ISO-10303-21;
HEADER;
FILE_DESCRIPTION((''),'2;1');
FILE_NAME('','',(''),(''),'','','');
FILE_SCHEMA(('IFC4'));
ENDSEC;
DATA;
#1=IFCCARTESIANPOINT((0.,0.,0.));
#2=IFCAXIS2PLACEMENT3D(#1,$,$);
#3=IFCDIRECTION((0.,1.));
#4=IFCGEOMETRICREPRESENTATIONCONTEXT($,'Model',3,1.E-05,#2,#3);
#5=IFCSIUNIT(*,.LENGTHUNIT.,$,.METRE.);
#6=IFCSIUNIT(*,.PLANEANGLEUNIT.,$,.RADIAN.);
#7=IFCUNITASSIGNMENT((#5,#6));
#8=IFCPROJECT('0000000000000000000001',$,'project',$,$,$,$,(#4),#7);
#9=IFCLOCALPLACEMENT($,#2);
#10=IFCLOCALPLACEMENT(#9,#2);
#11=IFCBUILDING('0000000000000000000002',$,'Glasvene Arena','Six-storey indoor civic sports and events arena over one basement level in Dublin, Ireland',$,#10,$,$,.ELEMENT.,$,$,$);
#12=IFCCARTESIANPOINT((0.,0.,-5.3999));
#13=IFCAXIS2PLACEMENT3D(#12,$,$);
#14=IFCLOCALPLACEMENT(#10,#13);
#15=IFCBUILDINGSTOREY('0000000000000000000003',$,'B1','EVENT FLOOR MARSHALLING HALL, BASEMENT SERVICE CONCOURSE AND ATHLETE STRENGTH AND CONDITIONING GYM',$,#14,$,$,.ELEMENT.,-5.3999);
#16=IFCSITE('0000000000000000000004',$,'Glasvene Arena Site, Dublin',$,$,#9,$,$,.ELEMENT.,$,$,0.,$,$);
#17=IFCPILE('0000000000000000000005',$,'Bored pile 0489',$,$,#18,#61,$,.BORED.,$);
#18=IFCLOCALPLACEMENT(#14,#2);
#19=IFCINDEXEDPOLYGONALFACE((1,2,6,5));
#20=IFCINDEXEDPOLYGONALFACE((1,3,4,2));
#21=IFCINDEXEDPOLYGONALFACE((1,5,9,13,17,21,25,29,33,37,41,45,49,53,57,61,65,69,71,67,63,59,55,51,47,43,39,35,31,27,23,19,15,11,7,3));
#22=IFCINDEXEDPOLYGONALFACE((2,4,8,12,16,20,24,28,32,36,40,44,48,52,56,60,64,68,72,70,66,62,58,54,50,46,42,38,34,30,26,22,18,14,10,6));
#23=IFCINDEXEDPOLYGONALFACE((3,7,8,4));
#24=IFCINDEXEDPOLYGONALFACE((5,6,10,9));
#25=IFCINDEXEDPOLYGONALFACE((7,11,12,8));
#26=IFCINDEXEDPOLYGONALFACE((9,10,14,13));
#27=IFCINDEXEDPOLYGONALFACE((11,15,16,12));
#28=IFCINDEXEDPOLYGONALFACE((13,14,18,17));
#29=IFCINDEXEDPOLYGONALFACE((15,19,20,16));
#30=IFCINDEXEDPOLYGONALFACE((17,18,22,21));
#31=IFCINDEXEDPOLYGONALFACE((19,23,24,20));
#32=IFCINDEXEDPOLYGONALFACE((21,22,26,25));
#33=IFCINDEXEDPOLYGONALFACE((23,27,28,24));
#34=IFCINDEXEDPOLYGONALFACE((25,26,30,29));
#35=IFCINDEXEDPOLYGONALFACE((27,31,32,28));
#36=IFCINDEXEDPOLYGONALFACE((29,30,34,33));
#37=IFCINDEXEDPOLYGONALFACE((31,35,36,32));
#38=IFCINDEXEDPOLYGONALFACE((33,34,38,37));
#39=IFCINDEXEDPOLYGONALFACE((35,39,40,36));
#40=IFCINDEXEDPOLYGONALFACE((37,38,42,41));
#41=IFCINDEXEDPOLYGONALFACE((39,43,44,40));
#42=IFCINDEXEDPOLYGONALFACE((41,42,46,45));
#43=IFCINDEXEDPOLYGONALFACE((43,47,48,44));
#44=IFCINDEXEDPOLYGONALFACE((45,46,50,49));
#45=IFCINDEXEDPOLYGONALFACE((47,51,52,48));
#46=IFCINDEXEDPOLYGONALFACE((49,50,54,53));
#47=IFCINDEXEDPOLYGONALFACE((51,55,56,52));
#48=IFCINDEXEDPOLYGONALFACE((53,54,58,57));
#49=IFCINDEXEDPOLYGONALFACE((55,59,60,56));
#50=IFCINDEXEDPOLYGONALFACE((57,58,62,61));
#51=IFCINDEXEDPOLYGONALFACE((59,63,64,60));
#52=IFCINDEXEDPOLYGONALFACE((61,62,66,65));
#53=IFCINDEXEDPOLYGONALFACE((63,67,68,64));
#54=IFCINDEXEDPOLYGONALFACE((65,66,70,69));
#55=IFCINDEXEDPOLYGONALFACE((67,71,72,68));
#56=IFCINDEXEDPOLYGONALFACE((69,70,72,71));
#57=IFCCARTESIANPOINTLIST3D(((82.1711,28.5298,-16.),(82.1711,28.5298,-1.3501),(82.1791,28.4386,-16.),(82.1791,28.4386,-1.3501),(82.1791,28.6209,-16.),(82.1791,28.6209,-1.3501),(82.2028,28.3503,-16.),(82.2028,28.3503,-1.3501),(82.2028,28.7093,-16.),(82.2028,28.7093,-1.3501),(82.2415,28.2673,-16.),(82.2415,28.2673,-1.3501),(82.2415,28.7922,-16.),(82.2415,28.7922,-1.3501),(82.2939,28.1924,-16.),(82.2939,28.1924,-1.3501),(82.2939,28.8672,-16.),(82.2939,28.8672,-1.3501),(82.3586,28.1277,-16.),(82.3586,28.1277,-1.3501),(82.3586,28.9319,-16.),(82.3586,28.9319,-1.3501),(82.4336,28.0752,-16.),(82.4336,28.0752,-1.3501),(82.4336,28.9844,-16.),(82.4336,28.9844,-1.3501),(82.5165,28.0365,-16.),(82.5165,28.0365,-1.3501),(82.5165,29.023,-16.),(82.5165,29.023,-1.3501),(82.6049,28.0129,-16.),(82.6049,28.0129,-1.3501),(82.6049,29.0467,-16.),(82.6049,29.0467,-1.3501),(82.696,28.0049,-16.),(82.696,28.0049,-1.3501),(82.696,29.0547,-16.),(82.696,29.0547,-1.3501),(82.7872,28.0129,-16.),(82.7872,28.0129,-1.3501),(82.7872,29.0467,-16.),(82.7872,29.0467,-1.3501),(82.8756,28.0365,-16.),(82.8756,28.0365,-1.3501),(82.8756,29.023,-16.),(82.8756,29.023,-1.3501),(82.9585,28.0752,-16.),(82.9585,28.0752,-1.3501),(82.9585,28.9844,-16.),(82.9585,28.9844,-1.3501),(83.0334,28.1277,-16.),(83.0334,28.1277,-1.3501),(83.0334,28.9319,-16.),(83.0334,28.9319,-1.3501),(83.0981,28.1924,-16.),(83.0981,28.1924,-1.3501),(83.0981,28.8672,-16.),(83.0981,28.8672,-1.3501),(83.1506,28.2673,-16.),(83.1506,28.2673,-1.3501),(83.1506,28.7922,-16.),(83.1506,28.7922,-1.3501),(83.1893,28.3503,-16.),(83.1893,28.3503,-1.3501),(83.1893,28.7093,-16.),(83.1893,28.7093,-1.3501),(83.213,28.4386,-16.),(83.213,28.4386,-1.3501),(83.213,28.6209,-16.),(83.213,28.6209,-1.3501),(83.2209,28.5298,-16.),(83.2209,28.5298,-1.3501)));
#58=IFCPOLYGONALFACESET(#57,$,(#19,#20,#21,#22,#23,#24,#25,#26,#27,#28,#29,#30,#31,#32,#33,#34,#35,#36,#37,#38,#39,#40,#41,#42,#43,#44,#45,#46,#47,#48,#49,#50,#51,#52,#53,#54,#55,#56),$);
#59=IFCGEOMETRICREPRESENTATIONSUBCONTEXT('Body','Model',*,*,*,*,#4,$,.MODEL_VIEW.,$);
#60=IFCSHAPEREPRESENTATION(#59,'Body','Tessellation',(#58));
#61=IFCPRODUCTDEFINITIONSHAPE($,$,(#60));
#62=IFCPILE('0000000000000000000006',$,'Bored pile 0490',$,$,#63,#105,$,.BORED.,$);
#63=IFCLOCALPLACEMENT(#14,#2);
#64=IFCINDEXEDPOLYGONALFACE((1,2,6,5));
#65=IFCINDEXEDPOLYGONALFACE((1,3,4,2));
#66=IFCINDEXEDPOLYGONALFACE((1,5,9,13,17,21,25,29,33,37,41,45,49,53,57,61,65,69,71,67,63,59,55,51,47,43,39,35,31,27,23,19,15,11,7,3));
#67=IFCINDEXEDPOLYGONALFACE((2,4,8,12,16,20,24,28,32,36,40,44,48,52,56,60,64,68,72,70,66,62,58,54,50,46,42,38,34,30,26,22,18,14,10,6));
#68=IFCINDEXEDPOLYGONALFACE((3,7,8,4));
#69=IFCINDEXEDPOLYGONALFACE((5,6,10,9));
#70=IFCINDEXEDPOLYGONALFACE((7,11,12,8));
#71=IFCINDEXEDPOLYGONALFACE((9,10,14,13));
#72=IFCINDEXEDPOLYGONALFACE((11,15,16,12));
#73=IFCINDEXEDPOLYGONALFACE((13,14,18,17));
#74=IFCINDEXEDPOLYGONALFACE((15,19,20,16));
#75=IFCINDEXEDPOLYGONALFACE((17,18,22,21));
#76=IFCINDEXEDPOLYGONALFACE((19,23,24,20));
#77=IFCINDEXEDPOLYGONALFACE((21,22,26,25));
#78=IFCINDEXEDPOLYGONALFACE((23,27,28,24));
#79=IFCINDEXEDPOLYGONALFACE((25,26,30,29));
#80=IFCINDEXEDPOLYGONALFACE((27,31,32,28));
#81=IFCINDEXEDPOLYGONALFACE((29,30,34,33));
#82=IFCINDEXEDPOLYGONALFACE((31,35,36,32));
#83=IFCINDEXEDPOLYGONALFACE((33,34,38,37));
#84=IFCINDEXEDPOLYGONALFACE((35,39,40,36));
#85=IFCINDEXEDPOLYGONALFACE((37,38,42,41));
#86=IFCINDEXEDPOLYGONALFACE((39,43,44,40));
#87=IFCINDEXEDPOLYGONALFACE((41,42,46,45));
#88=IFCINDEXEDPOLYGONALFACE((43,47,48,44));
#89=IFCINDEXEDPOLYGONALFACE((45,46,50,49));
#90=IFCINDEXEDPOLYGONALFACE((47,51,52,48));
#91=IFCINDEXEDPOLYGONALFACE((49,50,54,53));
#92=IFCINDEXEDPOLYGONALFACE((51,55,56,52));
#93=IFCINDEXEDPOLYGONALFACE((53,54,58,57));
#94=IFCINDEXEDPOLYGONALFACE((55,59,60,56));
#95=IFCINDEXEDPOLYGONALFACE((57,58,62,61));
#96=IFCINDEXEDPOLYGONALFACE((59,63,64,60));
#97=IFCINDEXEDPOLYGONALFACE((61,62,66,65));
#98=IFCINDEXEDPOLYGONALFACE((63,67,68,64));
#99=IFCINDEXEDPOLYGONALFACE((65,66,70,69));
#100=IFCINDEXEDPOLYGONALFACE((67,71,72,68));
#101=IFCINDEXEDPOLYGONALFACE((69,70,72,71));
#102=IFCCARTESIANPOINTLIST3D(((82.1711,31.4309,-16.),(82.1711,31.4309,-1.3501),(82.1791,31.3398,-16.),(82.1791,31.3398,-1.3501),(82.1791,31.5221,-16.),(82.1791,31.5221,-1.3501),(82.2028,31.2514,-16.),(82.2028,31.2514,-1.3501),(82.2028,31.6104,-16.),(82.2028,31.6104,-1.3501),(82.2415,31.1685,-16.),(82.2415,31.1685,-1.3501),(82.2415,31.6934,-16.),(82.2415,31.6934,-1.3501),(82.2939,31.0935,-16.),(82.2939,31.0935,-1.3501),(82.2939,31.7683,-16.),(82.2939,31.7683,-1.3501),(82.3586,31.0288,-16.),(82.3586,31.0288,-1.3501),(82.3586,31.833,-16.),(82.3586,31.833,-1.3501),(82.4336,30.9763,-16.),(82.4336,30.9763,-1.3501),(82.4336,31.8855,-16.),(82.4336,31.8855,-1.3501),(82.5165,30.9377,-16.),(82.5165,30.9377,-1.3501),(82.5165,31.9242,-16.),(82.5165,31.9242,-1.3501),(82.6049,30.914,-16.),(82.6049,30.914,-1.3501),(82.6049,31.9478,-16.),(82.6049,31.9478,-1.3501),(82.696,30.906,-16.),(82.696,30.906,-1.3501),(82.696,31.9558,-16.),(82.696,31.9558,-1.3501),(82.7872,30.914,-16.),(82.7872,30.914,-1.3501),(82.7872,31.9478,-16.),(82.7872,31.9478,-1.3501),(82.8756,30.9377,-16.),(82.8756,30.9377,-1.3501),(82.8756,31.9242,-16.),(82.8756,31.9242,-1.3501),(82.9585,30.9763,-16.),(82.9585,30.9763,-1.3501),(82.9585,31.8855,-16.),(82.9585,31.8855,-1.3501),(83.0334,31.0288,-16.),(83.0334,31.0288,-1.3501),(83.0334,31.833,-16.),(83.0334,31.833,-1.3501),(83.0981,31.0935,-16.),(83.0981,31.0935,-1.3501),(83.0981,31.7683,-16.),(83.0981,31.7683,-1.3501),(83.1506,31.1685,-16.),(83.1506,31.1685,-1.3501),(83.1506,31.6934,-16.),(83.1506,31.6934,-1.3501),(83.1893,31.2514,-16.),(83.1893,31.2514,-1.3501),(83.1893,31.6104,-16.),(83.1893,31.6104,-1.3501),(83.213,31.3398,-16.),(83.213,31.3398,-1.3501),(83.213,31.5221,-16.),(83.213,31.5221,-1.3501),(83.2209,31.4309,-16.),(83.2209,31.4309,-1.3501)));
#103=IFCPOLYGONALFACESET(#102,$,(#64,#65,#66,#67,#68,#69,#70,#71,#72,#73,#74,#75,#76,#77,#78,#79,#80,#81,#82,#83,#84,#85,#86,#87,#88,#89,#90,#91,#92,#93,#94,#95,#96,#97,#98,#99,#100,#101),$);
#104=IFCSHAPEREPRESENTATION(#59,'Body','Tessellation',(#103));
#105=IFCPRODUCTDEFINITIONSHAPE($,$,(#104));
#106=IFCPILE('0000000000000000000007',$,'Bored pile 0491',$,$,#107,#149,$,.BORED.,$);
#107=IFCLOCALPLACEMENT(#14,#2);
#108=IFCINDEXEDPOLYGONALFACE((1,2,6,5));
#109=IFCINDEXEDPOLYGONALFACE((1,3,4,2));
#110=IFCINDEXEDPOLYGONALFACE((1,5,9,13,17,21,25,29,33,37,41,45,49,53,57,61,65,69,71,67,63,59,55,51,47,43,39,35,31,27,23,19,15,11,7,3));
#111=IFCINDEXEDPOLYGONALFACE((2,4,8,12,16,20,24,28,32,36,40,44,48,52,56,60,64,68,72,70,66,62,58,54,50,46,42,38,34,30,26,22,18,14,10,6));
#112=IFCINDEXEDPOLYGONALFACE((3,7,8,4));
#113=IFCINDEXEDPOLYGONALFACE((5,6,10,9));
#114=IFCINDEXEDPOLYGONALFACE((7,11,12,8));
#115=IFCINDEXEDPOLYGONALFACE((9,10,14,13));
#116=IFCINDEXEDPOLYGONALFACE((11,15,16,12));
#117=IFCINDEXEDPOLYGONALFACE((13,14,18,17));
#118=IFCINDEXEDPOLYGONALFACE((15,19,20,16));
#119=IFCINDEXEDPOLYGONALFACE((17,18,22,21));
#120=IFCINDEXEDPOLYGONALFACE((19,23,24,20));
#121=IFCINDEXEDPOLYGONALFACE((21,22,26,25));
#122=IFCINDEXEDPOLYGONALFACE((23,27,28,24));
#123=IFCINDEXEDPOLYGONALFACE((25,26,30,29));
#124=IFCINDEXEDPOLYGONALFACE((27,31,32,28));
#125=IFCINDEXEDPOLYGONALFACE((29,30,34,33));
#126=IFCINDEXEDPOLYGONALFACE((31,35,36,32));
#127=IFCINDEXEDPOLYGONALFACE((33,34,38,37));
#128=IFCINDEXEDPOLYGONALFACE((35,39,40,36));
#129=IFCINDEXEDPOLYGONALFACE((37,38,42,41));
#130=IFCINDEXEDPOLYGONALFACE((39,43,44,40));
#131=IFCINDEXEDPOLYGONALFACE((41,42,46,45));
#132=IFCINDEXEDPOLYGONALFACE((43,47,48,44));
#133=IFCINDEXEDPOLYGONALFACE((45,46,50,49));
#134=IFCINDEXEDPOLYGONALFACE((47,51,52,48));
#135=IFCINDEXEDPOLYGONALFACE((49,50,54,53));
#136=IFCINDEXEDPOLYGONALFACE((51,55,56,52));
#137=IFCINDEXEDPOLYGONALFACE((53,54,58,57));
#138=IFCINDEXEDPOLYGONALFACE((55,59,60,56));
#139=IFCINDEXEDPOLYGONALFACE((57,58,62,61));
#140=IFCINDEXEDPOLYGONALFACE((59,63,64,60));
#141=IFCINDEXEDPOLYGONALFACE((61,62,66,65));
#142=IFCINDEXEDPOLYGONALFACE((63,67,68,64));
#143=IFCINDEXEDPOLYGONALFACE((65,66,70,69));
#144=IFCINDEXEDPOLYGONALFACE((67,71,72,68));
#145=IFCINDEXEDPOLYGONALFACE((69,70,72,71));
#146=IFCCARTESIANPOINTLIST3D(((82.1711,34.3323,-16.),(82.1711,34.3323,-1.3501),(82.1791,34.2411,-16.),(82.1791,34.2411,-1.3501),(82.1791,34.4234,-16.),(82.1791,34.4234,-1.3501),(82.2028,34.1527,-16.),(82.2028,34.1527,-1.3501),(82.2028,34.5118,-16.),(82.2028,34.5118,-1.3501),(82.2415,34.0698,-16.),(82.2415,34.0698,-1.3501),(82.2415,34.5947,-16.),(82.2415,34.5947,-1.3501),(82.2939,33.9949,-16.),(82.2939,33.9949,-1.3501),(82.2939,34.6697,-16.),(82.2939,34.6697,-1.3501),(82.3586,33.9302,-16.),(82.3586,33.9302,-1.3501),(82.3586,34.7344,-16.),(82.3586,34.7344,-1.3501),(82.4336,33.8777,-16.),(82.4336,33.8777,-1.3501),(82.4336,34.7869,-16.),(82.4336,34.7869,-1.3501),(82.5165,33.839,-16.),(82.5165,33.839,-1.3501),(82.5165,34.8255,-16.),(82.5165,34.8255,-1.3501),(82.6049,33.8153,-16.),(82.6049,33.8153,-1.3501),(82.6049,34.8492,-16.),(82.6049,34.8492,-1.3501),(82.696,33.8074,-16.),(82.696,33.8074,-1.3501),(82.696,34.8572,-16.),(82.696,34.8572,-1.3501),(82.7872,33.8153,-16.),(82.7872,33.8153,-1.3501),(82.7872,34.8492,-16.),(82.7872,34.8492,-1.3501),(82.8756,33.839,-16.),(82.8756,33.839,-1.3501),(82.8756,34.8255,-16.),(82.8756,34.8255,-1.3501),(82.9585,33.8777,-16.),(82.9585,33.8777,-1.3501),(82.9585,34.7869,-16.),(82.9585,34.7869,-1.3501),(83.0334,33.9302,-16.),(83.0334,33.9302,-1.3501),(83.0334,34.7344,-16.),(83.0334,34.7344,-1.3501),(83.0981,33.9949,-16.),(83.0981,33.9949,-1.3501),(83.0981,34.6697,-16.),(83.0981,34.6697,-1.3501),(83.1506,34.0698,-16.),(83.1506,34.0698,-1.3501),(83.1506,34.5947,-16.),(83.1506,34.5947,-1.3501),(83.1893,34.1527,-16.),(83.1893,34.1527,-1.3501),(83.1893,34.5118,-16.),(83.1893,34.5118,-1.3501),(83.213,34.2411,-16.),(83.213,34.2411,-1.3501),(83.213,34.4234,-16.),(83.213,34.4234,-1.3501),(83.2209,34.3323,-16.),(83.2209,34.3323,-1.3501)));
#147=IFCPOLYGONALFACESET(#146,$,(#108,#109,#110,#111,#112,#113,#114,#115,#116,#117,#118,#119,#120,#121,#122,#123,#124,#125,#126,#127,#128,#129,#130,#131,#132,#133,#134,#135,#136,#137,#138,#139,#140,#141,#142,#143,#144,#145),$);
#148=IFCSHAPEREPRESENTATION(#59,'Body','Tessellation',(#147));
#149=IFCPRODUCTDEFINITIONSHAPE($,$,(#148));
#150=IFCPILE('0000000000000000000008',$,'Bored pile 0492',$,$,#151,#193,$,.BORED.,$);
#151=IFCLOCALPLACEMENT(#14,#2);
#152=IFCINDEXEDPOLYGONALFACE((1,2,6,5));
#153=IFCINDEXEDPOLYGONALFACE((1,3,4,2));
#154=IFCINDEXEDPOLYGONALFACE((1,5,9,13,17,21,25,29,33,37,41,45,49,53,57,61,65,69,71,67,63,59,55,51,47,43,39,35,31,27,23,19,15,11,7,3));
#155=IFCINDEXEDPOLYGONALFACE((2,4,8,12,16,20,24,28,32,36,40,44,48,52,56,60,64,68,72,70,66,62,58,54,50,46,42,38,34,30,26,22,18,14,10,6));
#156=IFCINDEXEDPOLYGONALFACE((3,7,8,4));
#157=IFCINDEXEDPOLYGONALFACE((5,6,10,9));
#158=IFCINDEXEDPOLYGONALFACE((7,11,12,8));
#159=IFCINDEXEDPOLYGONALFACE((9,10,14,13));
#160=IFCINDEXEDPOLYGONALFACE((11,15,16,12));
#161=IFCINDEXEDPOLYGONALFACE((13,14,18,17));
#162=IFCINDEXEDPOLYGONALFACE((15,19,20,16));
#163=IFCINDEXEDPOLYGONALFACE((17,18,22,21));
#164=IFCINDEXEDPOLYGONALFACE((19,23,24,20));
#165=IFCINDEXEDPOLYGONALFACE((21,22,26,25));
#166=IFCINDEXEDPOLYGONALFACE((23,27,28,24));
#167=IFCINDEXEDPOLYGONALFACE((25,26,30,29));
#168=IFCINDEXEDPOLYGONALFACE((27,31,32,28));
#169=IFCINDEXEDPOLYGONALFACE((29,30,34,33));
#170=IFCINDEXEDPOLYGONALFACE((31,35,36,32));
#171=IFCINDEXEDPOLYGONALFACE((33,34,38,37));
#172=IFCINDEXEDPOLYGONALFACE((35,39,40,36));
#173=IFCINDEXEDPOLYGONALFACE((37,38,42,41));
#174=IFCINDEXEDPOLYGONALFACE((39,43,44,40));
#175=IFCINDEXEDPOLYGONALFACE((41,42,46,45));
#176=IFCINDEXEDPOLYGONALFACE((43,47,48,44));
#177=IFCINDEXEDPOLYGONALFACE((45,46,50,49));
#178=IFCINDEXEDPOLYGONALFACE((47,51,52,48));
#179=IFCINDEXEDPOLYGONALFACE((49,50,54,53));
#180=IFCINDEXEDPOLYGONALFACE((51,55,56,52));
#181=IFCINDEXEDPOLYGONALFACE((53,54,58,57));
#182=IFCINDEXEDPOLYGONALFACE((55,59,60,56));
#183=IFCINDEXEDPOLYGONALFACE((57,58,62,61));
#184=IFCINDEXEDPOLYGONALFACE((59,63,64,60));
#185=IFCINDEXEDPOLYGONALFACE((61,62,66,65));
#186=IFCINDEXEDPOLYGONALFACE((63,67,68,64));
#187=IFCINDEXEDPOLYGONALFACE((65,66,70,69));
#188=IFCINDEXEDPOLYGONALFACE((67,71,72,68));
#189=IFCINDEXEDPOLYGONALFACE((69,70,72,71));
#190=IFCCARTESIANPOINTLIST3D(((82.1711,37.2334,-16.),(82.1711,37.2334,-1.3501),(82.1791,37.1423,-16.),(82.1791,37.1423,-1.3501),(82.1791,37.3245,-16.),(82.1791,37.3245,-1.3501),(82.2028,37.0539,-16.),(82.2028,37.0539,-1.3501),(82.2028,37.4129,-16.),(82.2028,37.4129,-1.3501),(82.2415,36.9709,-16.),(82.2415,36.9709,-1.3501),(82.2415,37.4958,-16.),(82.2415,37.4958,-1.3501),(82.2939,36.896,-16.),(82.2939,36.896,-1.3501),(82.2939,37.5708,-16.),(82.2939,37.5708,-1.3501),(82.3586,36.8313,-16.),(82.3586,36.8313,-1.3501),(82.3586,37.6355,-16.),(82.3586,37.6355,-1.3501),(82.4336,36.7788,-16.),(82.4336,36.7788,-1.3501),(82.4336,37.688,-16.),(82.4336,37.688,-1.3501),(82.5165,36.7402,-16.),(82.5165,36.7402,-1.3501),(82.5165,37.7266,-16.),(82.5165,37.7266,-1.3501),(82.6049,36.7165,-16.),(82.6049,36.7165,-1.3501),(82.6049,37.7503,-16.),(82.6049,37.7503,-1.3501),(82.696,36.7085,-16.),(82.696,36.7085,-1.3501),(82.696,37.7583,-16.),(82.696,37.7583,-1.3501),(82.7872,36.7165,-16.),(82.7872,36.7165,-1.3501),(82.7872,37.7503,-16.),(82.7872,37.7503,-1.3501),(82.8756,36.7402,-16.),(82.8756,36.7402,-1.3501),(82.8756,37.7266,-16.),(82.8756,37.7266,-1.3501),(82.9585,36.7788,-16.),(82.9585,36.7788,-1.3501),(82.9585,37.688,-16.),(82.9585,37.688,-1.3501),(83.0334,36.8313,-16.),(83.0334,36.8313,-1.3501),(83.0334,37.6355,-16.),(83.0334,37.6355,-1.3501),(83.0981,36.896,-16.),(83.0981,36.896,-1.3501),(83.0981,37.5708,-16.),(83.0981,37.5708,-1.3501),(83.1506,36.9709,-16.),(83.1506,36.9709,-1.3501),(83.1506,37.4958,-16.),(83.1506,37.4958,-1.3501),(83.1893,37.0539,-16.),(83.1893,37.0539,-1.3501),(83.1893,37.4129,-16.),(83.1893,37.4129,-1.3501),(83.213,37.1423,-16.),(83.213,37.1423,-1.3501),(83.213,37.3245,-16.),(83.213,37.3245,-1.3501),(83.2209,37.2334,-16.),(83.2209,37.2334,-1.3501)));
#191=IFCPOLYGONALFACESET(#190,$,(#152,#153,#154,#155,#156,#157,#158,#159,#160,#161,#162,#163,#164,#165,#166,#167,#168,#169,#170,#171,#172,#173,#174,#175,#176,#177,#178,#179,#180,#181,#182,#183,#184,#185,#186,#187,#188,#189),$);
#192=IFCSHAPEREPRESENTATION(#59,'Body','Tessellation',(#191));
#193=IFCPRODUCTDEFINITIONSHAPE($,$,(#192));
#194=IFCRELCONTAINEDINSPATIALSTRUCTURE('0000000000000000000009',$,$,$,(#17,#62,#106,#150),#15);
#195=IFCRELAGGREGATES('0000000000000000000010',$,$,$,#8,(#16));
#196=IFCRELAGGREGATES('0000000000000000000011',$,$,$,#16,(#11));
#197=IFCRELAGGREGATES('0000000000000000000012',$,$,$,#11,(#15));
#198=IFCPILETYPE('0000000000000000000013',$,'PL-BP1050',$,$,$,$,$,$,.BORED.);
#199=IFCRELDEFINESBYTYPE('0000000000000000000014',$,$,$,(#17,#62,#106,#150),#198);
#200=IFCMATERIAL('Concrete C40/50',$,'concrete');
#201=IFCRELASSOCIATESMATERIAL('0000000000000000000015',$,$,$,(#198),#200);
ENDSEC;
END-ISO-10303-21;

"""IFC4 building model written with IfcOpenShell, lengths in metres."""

from ifc_helpers import new_model, si_unit, direction, frame, origin, origin_2d, place, context, subcontext, project, spatial, circle, extrude, material, material_profile, profile_set, type_object, element, save


model = new_model("IFC4")

# Units and contexts
model_context = context("Model", 3, precision=1e-05, world=origin(), true_north=direction((0.0, 1.0)))
body_context = subcontext(model_context, "Body", "Model", "MODEL_VIEW")
ifc_project = project(units=[si_unit("LENGTHUNIT", "METRE"), si_unit("PLANEANGLEUNIT", "RADIAN")], contexts=[model_context])

# Site, building, storey
site_placement = place(None, origin())
site = spatial("IfcSite", under=ifc_project, at=site_placement, Name="Glasvene Arena Site, Dublin", CompositionType="ELEMENT", RefElevation=0.0)
building_placement = place(site_placement, origin())
building = spatial("IfcBuilding", under=site, at=building_placement, Name="Glasvene Arena", Description="Six-storey indoor civic sports and events arena over one basement level in Dublin, Ireland", CompositionType="ELEMENT")
storey_placement = place(building_placement, frame((0.0, 0.0, -5.3999)))
storey = spatial("IfcBuildingStorey", under=building, at=storey_placement, Name="B1", Description="EVENT FLOOR MARSHALLING HALL, BASEMENT SERVICE CONCOURSE AND ATHLETE STRENGTH AND CONDITIONING GYM", CompositionType="ELEMENT", Elevation=-5.3999)

# Piles
ifc_material_1 = material(Name="Concrete C40/50", Category="concrete")
ifc_material_profile_1 = material_profile(ifc_material_1, circle(Radius=0.5249, at=origin_2d()), Name="BORED PILE 1050")
ifc_profile_set_1 = profile_set([ifc_material_profile_1], Name="Concrete C40/50")
pile_type = type_object("IfcPileType", Name="PL-BP1050", PredefinedType="BORED", material=ifc_profile_set_1)
for number, where, z_axis, x_axis, name in (
    (1, (82.696, 28.5298, -1.3501), (0.0, 0.0, -1.0), (1.0, 0.0, 0.0), "Bored pile 0489"),
    (2, (82.696, 31.4309, -1.3501), (0.0, 0.0, -1.0), (1.0, 0.0, 0.0), "Bored pile 0490"),
    (3, (82.696, 34.3323, -1.3501), (0.0, 0.0, -1.0), (1.0, 0.0, 0.0), "Bored pile 0491"),
    (4, (82.696, 37.2334, -1.3501), (0.0, 0.0, -1.0), (1.0, 0.0, 0.0), "Bored pile 0492"),
):
    element("IfcPile", number, at=place(storey_placement, frame(where, z_axis=z_axis, x_axis=x_axis)), inside=storey, type_object=pile_type, Name=name, PredefinedType="BORED", context=body_context, shape_type="SweptSolid", body=[
        extrude(circle(Radius=0.5249, at=origin_2d()), origin(), (0.0, 0.0, 1.0), 14.6499),
    ])

save(model, "model.ifc")
